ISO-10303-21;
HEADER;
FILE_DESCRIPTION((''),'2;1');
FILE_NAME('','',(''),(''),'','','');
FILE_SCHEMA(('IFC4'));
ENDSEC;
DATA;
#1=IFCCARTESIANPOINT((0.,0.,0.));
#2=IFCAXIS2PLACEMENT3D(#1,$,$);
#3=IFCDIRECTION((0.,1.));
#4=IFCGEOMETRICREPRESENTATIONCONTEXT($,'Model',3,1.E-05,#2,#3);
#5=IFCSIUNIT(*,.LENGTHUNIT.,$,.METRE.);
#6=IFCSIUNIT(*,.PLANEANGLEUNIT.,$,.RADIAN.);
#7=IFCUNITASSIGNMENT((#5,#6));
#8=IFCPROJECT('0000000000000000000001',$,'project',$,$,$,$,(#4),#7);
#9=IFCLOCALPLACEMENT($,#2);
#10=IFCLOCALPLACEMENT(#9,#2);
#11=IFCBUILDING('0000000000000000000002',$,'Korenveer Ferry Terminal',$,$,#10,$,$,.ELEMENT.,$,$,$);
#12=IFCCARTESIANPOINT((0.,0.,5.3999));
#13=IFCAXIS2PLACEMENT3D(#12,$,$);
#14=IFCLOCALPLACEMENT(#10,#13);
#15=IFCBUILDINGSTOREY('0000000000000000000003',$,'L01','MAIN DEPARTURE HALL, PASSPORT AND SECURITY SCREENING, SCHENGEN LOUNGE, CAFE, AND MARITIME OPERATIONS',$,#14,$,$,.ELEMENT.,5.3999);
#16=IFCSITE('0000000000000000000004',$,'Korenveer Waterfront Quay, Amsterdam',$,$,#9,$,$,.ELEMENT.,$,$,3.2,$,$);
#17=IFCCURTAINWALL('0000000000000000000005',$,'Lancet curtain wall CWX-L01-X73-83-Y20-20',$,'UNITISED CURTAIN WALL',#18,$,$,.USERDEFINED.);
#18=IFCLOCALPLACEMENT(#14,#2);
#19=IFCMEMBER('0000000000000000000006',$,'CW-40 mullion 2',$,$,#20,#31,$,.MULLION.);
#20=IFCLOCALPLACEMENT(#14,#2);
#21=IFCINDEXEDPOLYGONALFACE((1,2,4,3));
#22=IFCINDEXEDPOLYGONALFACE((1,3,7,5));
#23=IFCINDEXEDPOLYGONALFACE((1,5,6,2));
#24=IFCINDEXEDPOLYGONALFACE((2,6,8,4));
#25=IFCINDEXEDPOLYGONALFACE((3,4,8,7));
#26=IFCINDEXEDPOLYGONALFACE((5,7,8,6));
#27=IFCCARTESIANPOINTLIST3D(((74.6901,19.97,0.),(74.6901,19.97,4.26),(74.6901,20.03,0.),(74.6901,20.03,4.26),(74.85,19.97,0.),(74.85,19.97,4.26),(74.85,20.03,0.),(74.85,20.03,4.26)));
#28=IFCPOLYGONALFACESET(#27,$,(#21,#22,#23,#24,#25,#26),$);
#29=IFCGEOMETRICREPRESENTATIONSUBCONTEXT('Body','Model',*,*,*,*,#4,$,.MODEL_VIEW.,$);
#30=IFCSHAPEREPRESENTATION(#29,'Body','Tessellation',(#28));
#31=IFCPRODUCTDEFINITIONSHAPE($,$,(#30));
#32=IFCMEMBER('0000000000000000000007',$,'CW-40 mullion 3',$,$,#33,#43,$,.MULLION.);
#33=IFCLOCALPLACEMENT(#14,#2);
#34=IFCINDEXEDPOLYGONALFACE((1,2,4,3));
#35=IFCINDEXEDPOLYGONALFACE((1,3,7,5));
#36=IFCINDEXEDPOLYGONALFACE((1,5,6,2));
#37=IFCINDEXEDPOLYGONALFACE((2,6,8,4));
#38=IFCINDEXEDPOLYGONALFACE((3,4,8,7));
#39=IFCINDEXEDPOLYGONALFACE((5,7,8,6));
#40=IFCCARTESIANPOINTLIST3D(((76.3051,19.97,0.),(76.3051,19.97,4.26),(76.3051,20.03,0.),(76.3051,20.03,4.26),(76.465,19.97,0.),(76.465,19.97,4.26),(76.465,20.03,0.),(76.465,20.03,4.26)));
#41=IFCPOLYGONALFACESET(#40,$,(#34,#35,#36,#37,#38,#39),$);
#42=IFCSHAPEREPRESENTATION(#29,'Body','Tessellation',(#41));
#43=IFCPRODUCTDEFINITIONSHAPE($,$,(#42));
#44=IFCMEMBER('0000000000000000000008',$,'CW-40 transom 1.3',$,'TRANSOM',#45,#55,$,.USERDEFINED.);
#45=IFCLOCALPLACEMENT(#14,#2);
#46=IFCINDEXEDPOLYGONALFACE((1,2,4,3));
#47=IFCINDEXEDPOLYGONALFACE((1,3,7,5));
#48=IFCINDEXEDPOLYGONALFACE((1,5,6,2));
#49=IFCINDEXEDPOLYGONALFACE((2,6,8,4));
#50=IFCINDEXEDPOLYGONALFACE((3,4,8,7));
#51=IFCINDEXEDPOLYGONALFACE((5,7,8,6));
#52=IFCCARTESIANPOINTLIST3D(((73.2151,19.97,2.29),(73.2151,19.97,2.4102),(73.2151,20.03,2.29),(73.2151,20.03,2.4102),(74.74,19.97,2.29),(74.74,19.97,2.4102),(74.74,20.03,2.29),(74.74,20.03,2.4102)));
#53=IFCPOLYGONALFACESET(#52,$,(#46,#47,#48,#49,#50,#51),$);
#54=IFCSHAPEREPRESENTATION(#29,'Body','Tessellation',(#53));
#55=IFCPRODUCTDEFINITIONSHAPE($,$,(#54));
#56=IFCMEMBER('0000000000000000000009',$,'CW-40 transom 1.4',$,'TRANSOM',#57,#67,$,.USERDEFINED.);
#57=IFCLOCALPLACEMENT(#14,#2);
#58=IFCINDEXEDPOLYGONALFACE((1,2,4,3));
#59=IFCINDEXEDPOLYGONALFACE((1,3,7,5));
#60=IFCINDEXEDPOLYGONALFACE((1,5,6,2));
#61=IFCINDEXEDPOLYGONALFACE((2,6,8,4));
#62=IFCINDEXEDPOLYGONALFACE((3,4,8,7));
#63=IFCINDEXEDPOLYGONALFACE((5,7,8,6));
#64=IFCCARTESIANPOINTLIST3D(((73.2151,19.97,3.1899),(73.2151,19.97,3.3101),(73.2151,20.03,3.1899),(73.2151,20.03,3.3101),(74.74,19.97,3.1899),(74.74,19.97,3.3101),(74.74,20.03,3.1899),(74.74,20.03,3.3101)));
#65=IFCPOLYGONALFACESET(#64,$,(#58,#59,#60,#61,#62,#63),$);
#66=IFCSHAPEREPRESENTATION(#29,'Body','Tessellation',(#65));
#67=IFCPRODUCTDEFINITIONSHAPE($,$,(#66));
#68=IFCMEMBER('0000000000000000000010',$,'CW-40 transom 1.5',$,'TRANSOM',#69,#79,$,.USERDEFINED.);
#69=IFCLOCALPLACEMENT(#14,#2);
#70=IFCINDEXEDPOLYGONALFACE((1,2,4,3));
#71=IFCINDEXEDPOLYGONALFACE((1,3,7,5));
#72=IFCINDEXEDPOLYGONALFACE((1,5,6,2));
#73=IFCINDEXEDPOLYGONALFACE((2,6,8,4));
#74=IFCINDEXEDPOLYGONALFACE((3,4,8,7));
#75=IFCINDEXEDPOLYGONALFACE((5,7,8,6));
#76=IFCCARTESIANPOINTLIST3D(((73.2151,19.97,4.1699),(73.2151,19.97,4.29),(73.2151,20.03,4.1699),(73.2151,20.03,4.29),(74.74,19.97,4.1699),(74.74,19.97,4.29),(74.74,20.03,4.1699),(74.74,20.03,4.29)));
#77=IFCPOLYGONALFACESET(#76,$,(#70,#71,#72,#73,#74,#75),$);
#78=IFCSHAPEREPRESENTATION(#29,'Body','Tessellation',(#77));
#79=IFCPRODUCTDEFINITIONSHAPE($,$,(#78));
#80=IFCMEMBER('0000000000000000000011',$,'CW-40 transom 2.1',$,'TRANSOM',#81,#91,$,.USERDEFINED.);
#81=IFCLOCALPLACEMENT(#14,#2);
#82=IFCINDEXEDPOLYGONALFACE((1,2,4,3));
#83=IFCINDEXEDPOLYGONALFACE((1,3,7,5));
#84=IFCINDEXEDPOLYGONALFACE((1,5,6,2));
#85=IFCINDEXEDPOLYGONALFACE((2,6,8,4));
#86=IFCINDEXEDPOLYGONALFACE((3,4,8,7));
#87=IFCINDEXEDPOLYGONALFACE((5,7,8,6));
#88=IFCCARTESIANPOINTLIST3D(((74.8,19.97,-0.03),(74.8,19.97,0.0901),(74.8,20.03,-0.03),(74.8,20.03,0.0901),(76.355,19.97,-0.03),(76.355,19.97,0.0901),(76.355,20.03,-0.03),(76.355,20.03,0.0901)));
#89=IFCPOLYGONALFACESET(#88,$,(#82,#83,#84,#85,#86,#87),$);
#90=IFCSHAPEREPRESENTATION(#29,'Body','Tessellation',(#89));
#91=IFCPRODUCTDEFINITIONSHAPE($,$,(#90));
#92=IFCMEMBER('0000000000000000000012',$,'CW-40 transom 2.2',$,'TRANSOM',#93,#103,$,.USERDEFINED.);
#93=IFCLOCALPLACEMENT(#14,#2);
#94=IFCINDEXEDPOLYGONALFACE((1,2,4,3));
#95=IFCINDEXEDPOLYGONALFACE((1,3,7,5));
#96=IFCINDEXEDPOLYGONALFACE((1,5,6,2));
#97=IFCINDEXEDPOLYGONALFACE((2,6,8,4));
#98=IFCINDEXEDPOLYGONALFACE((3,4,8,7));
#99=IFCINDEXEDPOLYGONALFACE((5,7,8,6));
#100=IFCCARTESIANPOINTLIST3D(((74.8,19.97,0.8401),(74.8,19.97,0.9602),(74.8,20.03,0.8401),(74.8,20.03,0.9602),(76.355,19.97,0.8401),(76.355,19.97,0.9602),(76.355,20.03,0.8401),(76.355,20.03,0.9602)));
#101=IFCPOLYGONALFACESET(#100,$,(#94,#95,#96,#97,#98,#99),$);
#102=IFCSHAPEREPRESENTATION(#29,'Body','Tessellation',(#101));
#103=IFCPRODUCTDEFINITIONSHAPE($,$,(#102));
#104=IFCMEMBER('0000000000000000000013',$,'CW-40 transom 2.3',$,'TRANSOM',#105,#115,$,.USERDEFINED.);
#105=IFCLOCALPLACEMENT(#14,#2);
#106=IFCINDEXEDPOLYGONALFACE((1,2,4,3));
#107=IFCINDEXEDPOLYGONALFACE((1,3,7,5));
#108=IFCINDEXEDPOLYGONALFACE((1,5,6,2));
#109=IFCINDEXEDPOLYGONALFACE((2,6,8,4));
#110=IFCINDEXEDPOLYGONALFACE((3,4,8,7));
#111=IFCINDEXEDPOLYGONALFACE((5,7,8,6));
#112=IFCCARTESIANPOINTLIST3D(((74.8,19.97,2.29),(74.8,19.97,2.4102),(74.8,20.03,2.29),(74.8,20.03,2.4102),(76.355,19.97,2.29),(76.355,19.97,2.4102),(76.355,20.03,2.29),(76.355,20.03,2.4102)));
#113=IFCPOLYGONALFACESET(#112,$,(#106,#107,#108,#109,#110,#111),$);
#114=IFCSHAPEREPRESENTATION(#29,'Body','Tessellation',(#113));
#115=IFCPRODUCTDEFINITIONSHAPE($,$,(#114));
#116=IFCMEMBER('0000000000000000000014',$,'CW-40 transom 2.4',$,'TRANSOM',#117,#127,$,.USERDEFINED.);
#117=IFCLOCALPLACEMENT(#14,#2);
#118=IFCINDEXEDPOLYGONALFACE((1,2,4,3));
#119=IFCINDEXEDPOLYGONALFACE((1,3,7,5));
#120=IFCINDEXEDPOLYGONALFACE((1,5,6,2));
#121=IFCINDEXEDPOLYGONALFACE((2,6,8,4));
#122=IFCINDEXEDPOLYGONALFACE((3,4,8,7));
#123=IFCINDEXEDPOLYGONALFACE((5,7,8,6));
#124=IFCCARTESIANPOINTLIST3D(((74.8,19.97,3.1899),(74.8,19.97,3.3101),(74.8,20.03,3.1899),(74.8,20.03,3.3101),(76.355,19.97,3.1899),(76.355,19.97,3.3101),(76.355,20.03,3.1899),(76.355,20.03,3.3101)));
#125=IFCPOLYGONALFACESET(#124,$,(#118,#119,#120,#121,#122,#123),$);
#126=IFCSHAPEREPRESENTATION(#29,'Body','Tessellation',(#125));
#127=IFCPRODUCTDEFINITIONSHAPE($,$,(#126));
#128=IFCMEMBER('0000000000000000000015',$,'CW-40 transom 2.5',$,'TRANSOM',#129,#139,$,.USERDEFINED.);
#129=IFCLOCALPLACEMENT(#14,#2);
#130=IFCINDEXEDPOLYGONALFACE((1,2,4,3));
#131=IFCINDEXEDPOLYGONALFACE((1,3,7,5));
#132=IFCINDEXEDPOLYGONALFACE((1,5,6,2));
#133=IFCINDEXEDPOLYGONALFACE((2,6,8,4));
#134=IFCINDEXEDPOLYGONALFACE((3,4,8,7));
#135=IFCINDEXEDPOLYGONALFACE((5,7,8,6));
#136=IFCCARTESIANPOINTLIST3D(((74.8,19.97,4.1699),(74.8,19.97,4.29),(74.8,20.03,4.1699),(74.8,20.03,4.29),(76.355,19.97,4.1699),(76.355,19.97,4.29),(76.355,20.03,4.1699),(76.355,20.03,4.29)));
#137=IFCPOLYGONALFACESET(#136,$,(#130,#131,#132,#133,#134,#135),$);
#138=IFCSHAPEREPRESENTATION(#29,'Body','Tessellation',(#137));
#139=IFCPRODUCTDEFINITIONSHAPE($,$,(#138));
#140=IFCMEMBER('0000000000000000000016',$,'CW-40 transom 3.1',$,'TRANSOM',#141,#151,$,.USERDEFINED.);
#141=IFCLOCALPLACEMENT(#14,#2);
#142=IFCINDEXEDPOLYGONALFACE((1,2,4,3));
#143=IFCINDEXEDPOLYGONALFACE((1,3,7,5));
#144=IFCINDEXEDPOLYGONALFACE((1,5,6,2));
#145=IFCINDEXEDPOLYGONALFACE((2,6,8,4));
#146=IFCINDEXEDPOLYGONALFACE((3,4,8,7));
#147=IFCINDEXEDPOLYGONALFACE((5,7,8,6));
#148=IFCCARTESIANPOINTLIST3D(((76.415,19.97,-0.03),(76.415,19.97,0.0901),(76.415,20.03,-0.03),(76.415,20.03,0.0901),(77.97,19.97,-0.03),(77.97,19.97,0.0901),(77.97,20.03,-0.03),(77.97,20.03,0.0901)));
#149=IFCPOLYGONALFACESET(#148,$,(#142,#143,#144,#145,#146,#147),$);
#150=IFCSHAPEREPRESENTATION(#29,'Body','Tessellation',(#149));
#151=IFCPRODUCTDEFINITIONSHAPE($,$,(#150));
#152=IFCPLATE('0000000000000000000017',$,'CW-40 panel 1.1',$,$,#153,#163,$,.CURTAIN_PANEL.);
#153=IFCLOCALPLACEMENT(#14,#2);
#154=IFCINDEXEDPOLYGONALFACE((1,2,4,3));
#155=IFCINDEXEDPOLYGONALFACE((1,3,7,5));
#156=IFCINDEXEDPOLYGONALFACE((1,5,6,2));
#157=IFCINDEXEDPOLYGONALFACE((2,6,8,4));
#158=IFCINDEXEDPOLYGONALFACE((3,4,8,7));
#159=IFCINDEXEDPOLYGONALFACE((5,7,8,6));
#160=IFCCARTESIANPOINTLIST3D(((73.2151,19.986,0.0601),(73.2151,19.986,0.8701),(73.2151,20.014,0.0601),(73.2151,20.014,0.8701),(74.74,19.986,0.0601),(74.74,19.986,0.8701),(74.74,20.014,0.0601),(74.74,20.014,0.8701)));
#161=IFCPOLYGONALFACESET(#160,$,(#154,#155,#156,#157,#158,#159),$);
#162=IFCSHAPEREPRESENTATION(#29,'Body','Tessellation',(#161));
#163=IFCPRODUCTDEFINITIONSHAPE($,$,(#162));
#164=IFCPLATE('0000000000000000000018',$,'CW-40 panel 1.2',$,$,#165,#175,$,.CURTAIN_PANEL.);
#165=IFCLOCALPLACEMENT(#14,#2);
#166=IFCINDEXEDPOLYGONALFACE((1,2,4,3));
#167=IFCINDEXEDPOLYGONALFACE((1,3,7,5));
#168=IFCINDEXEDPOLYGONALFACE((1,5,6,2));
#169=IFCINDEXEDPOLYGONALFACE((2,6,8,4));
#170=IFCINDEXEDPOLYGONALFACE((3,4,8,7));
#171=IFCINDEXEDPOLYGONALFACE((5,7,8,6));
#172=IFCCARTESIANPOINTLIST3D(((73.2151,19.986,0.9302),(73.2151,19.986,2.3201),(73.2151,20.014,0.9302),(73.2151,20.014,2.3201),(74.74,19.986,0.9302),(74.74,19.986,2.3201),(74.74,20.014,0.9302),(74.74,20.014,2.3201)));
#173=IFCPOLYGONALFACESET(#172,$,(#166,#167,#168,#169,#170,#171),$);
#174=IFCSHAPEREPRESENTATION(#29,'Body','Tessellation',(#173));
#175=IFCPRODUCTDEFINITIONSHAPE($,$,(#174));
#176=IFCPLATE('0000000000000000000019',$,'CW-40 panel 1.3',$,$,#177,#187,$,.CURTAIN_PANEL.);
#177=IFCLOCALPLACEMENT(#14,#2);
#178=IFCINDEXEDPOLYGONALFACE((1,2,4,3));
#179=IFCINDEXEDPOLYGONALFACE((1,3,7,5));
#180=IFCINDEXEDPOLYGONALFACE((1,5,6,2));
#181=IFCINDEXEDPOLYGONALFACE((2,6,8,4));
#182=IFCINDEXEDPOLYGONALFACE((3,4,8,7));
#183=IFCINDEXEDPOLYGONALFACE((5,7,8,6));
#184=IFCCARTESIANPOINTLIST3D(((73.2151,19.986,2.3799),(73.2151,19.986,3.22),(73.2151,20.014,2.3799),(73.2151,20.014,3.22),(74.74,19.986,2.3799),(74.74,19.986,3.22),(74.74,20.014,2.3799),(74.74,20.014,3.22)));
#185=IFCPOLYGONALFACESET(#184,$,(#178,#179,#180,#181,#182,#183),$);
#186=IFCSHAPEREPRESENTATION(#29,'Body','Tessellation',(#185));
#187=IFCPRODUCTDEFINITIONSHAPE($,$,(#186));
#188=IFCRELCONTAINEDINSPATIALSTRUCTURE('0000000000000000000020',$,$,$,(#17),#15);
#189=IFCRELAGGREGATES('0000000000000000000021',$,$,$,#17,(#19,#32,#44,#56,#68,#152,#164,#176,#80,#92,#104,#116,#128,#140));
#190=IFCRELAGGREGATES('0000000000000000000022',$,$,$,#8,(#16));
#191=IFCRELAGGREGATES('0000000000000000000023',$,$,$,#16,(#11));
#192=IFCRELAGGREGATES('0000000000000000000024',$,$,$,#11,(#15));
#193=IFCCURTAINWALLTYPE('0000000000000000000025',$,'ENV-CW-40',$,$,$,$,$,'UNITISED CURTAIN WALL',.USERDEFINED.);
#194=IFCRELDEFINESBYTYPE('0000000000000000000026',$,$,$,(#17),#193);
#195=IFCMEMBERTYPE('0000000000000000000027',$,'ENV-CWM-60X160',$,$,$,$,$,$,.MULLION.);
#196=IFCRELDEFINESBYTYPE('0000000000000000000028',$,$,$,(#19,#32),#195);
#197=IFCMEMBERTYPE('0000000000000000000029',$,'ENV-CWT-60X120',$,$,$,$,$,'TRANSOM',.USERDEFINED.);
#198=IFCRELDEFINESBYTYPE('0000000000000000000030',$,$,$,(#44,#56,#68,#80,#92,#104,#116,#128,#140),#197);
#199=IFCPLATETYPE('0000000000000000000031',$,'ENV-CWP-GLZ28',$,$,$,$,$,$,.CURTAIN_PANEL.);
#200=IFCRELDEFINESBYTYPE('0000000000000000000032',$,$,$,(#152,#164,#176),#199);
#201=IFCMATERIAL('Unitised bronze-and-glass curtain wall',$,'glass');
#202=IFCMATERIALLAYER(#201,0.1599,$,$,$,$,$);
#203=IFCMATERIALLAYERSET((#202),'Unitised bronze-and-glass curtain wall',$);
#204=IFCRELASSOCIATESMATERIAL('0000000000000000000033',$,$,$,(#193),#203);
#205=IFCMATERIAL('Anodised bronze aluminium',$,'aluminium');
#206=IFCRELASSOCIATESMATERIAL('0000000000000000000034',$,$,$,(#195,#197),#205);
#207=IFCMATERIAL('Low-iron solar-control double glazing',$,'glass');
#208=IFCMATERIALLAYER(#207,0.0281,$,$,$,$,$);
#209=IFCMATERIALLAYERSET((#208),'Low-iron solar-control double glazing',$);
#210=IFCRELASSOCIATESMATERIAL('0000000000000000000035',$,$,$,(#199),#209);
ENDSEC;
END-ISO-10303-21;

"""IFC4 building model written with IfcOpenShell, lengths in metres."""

from ifc_helpers import new_model, si_unit, direction, frame, origin, origin_2d, place, context, subcontext, project, spatial, rectangle, extrude, material, layer, layer_set, material_profile, profile_set, type_object, element, aggregate, save


model = new_model("IFC4")

# Units and contexts
model_context = context("Model", 3, precision=1e-05, world=origin(), true_north=direction((0.0, 1.0)))
body_context = subcontext(model_context, "Body", "Model", "MODEL_VIEW")
ifc_project = project(units=[si_unit("LENGTHUNIT", "METRE"), si_unit("PLANEANGLEUNIT", "RADIAN")], contexts=[model_context])

# Site, building, storey
site_placement = place(None, origin())
site = spatial("IfcSite", under=ifc_project, at=site_placement, Name="Korenveer Waterfront Quay, Amsterdam", CompositionType="ELEMENT", RefElevation=3.2)
building_placement = place(site_placement, origin())
building = spatial("IfcBuilding", under=site, at=building_placement, Name="Korenveer Ferry Terminal", CompositionType="ELEMENT")
storey_placement = place(building_placement, frame((0.0, 0.0, 5.3999)))
storey = spatial("IfcBuildingStorey", under=building, at=storey_placement, Name="L01", Description="MAIN DEPARTURE HALL, PASSPORT AND SECURITY SCREENING, SCHENGEN LOUNGE, CAFE, AND MARITIME OPERATIONS", CompositionType="ELEMENT", Elevation=5.3999)

# Curtain wall, members, plates
ifc_material_1 = material(Name="Unitised bronze-and-glass curtain wall", Category="glass")
ifc_layer_1 = layer(ifc_material_1, 0.1599)
ifc_layer_set_1 = layer_set([ifc_layer_1], Name="Unitised bronze-and-glass curtain wall")
curtain_wall_type = type_object("IfcCurtainWallType", Name="ENV-CW-40", ElementType="UNITISED CURTAIN WALL", PredefinedType="USERDEFINED", material=ifc_layer_set_1)
curtain_wall_placement = place(storey_placement, frame((73.155, 20.0, 0.0)))
curtain_wall = element("IfcCurtainWall", 1, at=curtain_wall_placement, inside=storey, type_object=curtain_wall_type, Name="Lancet curtain wall CWX-L01-X73-83-Y20-20", ObjectType="UNITISED CURTAIN WALL", PredefinedType="USERDEFINED")
ifc_material_2 = material(Name="Anodised bronze aluminium", Category="aluminium")
ifc_material_profile_1 = material_profile(ifc_material_2, rectangle(XDim=0.0601, YDim=0.1599, at=origin_2d()), Name="ALU 60x160")
ifc_profile_set_1 = profile_set([ifc_material_profile_1], Name="Anodised bronze aluminium")
member_type_1 = type_object("IfcMemberType", Name="ENV-CWM-60X160", PredefinedType="MULLION", material=ifc_profile_set_1)
member_1_placement = place(storey_placement, frame((74.77, 20.0, 0.0), z_axis=(0.0, 0.0, 1.0), x_axis=(0.0, 1.0, 0.0)))
member_1 = element("IfcMember", 2, at=member_1_placement, type_object=member_type_1, Name="CW-40 mullion 2", PredefinedType="MULLION", context=body_context, shape_type="SweptSolid", body=[
    extrude(rectangle(XDim=0.0601, YDim=0.1599, at=origin_2d()), origin(), (0.0, 0.0, 1.0), 4.26),
])
member_2_placement = place(storey_placement, frame((76.385, 20.0, 0.0), z_axis=(0.0, 0.0, 1.0), x_axis=(0.0, 1.0, 0.0)))
member_2 = element("IfcMember", 3, at=member_2_placement, type_object=member_type_1, Name="CW-40 mullion 3", PredefinedType="MULLION", context=body_context, shape_type="SweptSolid", body=[
    extrude(rectangle(XDim=0.0601, YDim=0.1599, at=origin_2d()), origin(), (0.0, 0.0, 1.0), 4.26),
])
ifc_material_profile_2 = material_profile(ifc_material_2, rectangle(XDim=0.0601, YDim=0.1201, at=origin_2d()), Name="ALU 60x120")
ifc_profile_set_2 = profile_set([ifc_material_profile_2], Name="Anodised bronze aluminium")
member_type_2 = type_object("IfcMemberType", Name="ENV-CWT-60X120", ElementType="TRANSOM", PredefinedType="USERDEFINED", material=ifc_profile_set_2)
member_3_placement = place(storey_placement, frame((73.2151, 20.0, 2.3501), z_axis=(1.0, 0.0, 0.0), x_axis=(0.0, 1.0, 0.0)))
member_3 = element("IfcMember", 4, at=member_3_placement, type_object=member_type_2, Name="CW-40 transom 1.3", ObjectType="TRANSOM", PredefinedType="USERDEFINED", context=body_context, shape_type="SweptSolid", body=[
    extrude(rectangle(XDim=0.0601, YDim=0.1201, at=origin_2d()), origin(), (0.0, 0.0, 1.0), 1.5249),
])
member_4_placement = place(storey_placement, frame((73.2151, 20.0, 3.25), z_axis=(1.0, 0.0, 0.0), x_axis=(0.0, 1.0, 0.0)))
member_4 = element("IfcMember", 5, at=member_4_placement, type_object=member_type_2, Name="CW-40 transom 1.4", ObjectType="TRANSOM", PredefinedType="USERDEFINED", context=body_context, shape_type="SweptSolid", body=[
    extrude(rectangle(XDim=0.0601, YDim=0.1201, at=origin_2d()), origin(), (0.0, 0.0, 1.0), 1.5249),
])
member_5_placement = place(storey_placement, frame((73.2151, 20.0, 4.23), z_axis=(1.0, 0.0, 0.0), x_axis=(0.0, 1.0, 0.0)))
member_5 = element("IfcMember", 6, at=member_5_placement, type_object=member_type_2, Name="CW-40 transom 1.5", ObjectType="TRANSOM", PredefinedType="USERDEFINED", context=body_context, shape_type="SweptSolid", body=[
    extrude(rectangle(XDim=0.0601, YDim=0.1201, at=origin_2d()), origin(), (0.0, 0.0, 1.0), 1.5249),
])
member_6_placement = place(storey_placement, frame((74.8, 20.0, 0.03), z_axis=(1.0, 0.0, 0.0), x_axis=(0.0, 1.0, 0.0)))
member_6 = element("IfcMember", 7, at=member_6_placement, type_object=member_type_2, Name="CW-40 transom 2.1", ObjectType="TRANSOM", PredefinedType="USERDEFINED", context=body_context, shape_type="SweptSolid", body=[
    extrude(rectangle(XDim=0.0601, YDim=0.1201, at=origin_2d()), origin(), (0.0, 0.0, 1.0), 1.5549),
])
member_7_placement = place(storey_placement, frame((74.8, 20.0, 0.9001), z_axis=(1.0, 0.0, 0.0), x_axis=(0.0, 1.0, 0.0)))
member_7 = element("IfcMember", 8, at=member_7_placement, type_object=member_type_2, Name="CW-40 transom 2.2", ObjectType="TRANSOM", PredefinedType="USERDEFINED", context=body_context, shape_type="SweptSolid", body=[
    extrude(rectangle(XDim=0.0601, YDim=0.1201, at=origin_2d()), origin(), (0.0, 0.0, 1.0), 1.5549),
])
member_8_placement = place(storey_placement, frame((74.8, 20.0, 2.3501), z_axis=(1.0, 0.0, 0.0), x_axis=(0.0, 1.0, 0.0)))
member_8 = element("IfcMember", 9, at=member_8_placement, type_object=member_type_2, Name="CW-40 transom 2.3", ObjectType="TRANSOM", PredefinedType="USERDEFINED", context=body_context, shape_type="SweptSolid", body=[
    extrude(rectangle(XDim=0.0601, YDim=0.1201, at=origin_2d()), origin(), (0.0, 0.0, 1.0), 1.5549),
])
member_9_placement = place(storey_placement, frame((74.8, 20.0, 3.25), z_axis=(1.0, 0.0, 0.0), x_axis=(0.0, 1.0, 0.0)))
member_9 = element("IfcMember", 10, at=member_9_placement, type_object=member_type_2, Name="CW-40 transom 2.4", ObjectType="TRANSOM", PredefinedType="USERDEFINED", context=body_context, shape_type="SweptSolid", body=[
    extrude(rectangle(XDim=0.0601, YDim=0.1201, at=origin_2d()), origin(), (0.0, 0.0, 1.0), 1.5549),
])
member_10_placement = place(storey_placement, frame((74.8, 20.0, 4.23), z_axis=(1.0, 0.0, 0.0), x_axis=(0.0, 1.0, 0.0)))
member_10 = element("IfcMember", 11, at=member_10_placement, type_object=member_type_2, Name="CW-40 transom 2.5", ObjectType="TRANSOM", PredefinedType="USERDEFINED", context=body_context, shape_type="SweptSolid", body=[
    extrude(rectangle(XDim=0.0601, YDim=0.1201, at=origin_2d()), origin(), (0.0, 0.0, 1.0), 1.5549),
])
member_11_placement = place(storey_placement, frame((76.415, 20.0, 0.03), z_axis=(1.0, 0.0, 0.0), x_axis=(0.0, 1.0, 0.0)))
member_11 = element("IfcMember", 12, at=member_11_placement, type_object=member_type_2, Name="CW-40 transom 3.1", ObjectType="TRANSOM", PredefinedType="USERDEFINED", context=body_context, shape_type="SweptSolid", body=[
    extrude(rectangle(XDim=0.0601, YDim=0.1201, at=origin_2d()), origin(), (0.0, 0.0, 1.0), 1.5549),
])
ifc_material_3 = material(Name="Low-iron solar-control double glazing", Category="glass")
ifc_layer_2 = layer(ifc_material_3, 0.0281)
ifc_layer_set_2 = layer_set([ifc_layer_2], Name="Low-iron solar-control double glazing")
plate_type = type_object("IfcPlateType", Name="ENV-CWP-GLZ28", PredefinedType="CURTAIN_PANEL", material=ifc_layer_set_2)
plate_1_placement = place(storey_placement, frame((73.9775, 20.0, 0.0601), z_axis=(0.0, 0.0, 1.0), x_axis=(1.0, 0.0, 0.0)))
plate_1 = element("IfcPlate", 13, at=plate_1_placement, type_object=plate_type, Name="CW-40 panel 1.1", PredefinedType="CURTAIN_PANEL", context=body_context, shape_type="SweptSolid", body=[
    extrude(rectangle(XDim=1.5249, YDim=0.0281, at=origin_2d()), origin(), (0.0, 0.0, 1.0), 0.8101),
])
plate_2_placement = place(storey_placement, frame((73.9775, 20.0, 0.9302), z_axis=(0.0, 0.0, 1.0), x_axis=(1.0, 0.0, 0.0)))
plate_2 = element("IfcPlate", 14, at=plate_2_placement, type_object=plate_type, Name="CW-40 panel 1.2", PredefinedType="CURTAIN_PANEL", context=body_context, shape_type="SweptSolid", body=[
    extrude(rectangle(XDim=1.5249, YDim=0.0281, at=origin_2d()), origin(), (0.0, 0.0, 1.0), 1.3899),
])
plate_3_placement = place(storey_placement, frame((73.9775, 20.0, 2.3799), z_axis=(0.0, 0.0, 1.0), x_axis=(1.0, 0.0, 0.0)))
plate_3 = element("IfcPlate", 15, at=plate_3_placement, type_object=plate_type, Name="CW-40 panel 1.3", PredefinedType="CURTAIN_PANEL", context=body_context, shape_type="SweptSolid", body=[
    extrude(rectangle(XDim=1.5249, YDim=0.0281, at=origin_2d()), origin(), (0.0, 0.0, 1.0), 0.8401),
])
aggregate(curtain_wall, [member_1, member_2, member_3, member_4, member_5, plate_1, plate_2, plate_3, member_6, member_7, member_8, member_9, member_10, member_11])

save(model, "model.ifc")
